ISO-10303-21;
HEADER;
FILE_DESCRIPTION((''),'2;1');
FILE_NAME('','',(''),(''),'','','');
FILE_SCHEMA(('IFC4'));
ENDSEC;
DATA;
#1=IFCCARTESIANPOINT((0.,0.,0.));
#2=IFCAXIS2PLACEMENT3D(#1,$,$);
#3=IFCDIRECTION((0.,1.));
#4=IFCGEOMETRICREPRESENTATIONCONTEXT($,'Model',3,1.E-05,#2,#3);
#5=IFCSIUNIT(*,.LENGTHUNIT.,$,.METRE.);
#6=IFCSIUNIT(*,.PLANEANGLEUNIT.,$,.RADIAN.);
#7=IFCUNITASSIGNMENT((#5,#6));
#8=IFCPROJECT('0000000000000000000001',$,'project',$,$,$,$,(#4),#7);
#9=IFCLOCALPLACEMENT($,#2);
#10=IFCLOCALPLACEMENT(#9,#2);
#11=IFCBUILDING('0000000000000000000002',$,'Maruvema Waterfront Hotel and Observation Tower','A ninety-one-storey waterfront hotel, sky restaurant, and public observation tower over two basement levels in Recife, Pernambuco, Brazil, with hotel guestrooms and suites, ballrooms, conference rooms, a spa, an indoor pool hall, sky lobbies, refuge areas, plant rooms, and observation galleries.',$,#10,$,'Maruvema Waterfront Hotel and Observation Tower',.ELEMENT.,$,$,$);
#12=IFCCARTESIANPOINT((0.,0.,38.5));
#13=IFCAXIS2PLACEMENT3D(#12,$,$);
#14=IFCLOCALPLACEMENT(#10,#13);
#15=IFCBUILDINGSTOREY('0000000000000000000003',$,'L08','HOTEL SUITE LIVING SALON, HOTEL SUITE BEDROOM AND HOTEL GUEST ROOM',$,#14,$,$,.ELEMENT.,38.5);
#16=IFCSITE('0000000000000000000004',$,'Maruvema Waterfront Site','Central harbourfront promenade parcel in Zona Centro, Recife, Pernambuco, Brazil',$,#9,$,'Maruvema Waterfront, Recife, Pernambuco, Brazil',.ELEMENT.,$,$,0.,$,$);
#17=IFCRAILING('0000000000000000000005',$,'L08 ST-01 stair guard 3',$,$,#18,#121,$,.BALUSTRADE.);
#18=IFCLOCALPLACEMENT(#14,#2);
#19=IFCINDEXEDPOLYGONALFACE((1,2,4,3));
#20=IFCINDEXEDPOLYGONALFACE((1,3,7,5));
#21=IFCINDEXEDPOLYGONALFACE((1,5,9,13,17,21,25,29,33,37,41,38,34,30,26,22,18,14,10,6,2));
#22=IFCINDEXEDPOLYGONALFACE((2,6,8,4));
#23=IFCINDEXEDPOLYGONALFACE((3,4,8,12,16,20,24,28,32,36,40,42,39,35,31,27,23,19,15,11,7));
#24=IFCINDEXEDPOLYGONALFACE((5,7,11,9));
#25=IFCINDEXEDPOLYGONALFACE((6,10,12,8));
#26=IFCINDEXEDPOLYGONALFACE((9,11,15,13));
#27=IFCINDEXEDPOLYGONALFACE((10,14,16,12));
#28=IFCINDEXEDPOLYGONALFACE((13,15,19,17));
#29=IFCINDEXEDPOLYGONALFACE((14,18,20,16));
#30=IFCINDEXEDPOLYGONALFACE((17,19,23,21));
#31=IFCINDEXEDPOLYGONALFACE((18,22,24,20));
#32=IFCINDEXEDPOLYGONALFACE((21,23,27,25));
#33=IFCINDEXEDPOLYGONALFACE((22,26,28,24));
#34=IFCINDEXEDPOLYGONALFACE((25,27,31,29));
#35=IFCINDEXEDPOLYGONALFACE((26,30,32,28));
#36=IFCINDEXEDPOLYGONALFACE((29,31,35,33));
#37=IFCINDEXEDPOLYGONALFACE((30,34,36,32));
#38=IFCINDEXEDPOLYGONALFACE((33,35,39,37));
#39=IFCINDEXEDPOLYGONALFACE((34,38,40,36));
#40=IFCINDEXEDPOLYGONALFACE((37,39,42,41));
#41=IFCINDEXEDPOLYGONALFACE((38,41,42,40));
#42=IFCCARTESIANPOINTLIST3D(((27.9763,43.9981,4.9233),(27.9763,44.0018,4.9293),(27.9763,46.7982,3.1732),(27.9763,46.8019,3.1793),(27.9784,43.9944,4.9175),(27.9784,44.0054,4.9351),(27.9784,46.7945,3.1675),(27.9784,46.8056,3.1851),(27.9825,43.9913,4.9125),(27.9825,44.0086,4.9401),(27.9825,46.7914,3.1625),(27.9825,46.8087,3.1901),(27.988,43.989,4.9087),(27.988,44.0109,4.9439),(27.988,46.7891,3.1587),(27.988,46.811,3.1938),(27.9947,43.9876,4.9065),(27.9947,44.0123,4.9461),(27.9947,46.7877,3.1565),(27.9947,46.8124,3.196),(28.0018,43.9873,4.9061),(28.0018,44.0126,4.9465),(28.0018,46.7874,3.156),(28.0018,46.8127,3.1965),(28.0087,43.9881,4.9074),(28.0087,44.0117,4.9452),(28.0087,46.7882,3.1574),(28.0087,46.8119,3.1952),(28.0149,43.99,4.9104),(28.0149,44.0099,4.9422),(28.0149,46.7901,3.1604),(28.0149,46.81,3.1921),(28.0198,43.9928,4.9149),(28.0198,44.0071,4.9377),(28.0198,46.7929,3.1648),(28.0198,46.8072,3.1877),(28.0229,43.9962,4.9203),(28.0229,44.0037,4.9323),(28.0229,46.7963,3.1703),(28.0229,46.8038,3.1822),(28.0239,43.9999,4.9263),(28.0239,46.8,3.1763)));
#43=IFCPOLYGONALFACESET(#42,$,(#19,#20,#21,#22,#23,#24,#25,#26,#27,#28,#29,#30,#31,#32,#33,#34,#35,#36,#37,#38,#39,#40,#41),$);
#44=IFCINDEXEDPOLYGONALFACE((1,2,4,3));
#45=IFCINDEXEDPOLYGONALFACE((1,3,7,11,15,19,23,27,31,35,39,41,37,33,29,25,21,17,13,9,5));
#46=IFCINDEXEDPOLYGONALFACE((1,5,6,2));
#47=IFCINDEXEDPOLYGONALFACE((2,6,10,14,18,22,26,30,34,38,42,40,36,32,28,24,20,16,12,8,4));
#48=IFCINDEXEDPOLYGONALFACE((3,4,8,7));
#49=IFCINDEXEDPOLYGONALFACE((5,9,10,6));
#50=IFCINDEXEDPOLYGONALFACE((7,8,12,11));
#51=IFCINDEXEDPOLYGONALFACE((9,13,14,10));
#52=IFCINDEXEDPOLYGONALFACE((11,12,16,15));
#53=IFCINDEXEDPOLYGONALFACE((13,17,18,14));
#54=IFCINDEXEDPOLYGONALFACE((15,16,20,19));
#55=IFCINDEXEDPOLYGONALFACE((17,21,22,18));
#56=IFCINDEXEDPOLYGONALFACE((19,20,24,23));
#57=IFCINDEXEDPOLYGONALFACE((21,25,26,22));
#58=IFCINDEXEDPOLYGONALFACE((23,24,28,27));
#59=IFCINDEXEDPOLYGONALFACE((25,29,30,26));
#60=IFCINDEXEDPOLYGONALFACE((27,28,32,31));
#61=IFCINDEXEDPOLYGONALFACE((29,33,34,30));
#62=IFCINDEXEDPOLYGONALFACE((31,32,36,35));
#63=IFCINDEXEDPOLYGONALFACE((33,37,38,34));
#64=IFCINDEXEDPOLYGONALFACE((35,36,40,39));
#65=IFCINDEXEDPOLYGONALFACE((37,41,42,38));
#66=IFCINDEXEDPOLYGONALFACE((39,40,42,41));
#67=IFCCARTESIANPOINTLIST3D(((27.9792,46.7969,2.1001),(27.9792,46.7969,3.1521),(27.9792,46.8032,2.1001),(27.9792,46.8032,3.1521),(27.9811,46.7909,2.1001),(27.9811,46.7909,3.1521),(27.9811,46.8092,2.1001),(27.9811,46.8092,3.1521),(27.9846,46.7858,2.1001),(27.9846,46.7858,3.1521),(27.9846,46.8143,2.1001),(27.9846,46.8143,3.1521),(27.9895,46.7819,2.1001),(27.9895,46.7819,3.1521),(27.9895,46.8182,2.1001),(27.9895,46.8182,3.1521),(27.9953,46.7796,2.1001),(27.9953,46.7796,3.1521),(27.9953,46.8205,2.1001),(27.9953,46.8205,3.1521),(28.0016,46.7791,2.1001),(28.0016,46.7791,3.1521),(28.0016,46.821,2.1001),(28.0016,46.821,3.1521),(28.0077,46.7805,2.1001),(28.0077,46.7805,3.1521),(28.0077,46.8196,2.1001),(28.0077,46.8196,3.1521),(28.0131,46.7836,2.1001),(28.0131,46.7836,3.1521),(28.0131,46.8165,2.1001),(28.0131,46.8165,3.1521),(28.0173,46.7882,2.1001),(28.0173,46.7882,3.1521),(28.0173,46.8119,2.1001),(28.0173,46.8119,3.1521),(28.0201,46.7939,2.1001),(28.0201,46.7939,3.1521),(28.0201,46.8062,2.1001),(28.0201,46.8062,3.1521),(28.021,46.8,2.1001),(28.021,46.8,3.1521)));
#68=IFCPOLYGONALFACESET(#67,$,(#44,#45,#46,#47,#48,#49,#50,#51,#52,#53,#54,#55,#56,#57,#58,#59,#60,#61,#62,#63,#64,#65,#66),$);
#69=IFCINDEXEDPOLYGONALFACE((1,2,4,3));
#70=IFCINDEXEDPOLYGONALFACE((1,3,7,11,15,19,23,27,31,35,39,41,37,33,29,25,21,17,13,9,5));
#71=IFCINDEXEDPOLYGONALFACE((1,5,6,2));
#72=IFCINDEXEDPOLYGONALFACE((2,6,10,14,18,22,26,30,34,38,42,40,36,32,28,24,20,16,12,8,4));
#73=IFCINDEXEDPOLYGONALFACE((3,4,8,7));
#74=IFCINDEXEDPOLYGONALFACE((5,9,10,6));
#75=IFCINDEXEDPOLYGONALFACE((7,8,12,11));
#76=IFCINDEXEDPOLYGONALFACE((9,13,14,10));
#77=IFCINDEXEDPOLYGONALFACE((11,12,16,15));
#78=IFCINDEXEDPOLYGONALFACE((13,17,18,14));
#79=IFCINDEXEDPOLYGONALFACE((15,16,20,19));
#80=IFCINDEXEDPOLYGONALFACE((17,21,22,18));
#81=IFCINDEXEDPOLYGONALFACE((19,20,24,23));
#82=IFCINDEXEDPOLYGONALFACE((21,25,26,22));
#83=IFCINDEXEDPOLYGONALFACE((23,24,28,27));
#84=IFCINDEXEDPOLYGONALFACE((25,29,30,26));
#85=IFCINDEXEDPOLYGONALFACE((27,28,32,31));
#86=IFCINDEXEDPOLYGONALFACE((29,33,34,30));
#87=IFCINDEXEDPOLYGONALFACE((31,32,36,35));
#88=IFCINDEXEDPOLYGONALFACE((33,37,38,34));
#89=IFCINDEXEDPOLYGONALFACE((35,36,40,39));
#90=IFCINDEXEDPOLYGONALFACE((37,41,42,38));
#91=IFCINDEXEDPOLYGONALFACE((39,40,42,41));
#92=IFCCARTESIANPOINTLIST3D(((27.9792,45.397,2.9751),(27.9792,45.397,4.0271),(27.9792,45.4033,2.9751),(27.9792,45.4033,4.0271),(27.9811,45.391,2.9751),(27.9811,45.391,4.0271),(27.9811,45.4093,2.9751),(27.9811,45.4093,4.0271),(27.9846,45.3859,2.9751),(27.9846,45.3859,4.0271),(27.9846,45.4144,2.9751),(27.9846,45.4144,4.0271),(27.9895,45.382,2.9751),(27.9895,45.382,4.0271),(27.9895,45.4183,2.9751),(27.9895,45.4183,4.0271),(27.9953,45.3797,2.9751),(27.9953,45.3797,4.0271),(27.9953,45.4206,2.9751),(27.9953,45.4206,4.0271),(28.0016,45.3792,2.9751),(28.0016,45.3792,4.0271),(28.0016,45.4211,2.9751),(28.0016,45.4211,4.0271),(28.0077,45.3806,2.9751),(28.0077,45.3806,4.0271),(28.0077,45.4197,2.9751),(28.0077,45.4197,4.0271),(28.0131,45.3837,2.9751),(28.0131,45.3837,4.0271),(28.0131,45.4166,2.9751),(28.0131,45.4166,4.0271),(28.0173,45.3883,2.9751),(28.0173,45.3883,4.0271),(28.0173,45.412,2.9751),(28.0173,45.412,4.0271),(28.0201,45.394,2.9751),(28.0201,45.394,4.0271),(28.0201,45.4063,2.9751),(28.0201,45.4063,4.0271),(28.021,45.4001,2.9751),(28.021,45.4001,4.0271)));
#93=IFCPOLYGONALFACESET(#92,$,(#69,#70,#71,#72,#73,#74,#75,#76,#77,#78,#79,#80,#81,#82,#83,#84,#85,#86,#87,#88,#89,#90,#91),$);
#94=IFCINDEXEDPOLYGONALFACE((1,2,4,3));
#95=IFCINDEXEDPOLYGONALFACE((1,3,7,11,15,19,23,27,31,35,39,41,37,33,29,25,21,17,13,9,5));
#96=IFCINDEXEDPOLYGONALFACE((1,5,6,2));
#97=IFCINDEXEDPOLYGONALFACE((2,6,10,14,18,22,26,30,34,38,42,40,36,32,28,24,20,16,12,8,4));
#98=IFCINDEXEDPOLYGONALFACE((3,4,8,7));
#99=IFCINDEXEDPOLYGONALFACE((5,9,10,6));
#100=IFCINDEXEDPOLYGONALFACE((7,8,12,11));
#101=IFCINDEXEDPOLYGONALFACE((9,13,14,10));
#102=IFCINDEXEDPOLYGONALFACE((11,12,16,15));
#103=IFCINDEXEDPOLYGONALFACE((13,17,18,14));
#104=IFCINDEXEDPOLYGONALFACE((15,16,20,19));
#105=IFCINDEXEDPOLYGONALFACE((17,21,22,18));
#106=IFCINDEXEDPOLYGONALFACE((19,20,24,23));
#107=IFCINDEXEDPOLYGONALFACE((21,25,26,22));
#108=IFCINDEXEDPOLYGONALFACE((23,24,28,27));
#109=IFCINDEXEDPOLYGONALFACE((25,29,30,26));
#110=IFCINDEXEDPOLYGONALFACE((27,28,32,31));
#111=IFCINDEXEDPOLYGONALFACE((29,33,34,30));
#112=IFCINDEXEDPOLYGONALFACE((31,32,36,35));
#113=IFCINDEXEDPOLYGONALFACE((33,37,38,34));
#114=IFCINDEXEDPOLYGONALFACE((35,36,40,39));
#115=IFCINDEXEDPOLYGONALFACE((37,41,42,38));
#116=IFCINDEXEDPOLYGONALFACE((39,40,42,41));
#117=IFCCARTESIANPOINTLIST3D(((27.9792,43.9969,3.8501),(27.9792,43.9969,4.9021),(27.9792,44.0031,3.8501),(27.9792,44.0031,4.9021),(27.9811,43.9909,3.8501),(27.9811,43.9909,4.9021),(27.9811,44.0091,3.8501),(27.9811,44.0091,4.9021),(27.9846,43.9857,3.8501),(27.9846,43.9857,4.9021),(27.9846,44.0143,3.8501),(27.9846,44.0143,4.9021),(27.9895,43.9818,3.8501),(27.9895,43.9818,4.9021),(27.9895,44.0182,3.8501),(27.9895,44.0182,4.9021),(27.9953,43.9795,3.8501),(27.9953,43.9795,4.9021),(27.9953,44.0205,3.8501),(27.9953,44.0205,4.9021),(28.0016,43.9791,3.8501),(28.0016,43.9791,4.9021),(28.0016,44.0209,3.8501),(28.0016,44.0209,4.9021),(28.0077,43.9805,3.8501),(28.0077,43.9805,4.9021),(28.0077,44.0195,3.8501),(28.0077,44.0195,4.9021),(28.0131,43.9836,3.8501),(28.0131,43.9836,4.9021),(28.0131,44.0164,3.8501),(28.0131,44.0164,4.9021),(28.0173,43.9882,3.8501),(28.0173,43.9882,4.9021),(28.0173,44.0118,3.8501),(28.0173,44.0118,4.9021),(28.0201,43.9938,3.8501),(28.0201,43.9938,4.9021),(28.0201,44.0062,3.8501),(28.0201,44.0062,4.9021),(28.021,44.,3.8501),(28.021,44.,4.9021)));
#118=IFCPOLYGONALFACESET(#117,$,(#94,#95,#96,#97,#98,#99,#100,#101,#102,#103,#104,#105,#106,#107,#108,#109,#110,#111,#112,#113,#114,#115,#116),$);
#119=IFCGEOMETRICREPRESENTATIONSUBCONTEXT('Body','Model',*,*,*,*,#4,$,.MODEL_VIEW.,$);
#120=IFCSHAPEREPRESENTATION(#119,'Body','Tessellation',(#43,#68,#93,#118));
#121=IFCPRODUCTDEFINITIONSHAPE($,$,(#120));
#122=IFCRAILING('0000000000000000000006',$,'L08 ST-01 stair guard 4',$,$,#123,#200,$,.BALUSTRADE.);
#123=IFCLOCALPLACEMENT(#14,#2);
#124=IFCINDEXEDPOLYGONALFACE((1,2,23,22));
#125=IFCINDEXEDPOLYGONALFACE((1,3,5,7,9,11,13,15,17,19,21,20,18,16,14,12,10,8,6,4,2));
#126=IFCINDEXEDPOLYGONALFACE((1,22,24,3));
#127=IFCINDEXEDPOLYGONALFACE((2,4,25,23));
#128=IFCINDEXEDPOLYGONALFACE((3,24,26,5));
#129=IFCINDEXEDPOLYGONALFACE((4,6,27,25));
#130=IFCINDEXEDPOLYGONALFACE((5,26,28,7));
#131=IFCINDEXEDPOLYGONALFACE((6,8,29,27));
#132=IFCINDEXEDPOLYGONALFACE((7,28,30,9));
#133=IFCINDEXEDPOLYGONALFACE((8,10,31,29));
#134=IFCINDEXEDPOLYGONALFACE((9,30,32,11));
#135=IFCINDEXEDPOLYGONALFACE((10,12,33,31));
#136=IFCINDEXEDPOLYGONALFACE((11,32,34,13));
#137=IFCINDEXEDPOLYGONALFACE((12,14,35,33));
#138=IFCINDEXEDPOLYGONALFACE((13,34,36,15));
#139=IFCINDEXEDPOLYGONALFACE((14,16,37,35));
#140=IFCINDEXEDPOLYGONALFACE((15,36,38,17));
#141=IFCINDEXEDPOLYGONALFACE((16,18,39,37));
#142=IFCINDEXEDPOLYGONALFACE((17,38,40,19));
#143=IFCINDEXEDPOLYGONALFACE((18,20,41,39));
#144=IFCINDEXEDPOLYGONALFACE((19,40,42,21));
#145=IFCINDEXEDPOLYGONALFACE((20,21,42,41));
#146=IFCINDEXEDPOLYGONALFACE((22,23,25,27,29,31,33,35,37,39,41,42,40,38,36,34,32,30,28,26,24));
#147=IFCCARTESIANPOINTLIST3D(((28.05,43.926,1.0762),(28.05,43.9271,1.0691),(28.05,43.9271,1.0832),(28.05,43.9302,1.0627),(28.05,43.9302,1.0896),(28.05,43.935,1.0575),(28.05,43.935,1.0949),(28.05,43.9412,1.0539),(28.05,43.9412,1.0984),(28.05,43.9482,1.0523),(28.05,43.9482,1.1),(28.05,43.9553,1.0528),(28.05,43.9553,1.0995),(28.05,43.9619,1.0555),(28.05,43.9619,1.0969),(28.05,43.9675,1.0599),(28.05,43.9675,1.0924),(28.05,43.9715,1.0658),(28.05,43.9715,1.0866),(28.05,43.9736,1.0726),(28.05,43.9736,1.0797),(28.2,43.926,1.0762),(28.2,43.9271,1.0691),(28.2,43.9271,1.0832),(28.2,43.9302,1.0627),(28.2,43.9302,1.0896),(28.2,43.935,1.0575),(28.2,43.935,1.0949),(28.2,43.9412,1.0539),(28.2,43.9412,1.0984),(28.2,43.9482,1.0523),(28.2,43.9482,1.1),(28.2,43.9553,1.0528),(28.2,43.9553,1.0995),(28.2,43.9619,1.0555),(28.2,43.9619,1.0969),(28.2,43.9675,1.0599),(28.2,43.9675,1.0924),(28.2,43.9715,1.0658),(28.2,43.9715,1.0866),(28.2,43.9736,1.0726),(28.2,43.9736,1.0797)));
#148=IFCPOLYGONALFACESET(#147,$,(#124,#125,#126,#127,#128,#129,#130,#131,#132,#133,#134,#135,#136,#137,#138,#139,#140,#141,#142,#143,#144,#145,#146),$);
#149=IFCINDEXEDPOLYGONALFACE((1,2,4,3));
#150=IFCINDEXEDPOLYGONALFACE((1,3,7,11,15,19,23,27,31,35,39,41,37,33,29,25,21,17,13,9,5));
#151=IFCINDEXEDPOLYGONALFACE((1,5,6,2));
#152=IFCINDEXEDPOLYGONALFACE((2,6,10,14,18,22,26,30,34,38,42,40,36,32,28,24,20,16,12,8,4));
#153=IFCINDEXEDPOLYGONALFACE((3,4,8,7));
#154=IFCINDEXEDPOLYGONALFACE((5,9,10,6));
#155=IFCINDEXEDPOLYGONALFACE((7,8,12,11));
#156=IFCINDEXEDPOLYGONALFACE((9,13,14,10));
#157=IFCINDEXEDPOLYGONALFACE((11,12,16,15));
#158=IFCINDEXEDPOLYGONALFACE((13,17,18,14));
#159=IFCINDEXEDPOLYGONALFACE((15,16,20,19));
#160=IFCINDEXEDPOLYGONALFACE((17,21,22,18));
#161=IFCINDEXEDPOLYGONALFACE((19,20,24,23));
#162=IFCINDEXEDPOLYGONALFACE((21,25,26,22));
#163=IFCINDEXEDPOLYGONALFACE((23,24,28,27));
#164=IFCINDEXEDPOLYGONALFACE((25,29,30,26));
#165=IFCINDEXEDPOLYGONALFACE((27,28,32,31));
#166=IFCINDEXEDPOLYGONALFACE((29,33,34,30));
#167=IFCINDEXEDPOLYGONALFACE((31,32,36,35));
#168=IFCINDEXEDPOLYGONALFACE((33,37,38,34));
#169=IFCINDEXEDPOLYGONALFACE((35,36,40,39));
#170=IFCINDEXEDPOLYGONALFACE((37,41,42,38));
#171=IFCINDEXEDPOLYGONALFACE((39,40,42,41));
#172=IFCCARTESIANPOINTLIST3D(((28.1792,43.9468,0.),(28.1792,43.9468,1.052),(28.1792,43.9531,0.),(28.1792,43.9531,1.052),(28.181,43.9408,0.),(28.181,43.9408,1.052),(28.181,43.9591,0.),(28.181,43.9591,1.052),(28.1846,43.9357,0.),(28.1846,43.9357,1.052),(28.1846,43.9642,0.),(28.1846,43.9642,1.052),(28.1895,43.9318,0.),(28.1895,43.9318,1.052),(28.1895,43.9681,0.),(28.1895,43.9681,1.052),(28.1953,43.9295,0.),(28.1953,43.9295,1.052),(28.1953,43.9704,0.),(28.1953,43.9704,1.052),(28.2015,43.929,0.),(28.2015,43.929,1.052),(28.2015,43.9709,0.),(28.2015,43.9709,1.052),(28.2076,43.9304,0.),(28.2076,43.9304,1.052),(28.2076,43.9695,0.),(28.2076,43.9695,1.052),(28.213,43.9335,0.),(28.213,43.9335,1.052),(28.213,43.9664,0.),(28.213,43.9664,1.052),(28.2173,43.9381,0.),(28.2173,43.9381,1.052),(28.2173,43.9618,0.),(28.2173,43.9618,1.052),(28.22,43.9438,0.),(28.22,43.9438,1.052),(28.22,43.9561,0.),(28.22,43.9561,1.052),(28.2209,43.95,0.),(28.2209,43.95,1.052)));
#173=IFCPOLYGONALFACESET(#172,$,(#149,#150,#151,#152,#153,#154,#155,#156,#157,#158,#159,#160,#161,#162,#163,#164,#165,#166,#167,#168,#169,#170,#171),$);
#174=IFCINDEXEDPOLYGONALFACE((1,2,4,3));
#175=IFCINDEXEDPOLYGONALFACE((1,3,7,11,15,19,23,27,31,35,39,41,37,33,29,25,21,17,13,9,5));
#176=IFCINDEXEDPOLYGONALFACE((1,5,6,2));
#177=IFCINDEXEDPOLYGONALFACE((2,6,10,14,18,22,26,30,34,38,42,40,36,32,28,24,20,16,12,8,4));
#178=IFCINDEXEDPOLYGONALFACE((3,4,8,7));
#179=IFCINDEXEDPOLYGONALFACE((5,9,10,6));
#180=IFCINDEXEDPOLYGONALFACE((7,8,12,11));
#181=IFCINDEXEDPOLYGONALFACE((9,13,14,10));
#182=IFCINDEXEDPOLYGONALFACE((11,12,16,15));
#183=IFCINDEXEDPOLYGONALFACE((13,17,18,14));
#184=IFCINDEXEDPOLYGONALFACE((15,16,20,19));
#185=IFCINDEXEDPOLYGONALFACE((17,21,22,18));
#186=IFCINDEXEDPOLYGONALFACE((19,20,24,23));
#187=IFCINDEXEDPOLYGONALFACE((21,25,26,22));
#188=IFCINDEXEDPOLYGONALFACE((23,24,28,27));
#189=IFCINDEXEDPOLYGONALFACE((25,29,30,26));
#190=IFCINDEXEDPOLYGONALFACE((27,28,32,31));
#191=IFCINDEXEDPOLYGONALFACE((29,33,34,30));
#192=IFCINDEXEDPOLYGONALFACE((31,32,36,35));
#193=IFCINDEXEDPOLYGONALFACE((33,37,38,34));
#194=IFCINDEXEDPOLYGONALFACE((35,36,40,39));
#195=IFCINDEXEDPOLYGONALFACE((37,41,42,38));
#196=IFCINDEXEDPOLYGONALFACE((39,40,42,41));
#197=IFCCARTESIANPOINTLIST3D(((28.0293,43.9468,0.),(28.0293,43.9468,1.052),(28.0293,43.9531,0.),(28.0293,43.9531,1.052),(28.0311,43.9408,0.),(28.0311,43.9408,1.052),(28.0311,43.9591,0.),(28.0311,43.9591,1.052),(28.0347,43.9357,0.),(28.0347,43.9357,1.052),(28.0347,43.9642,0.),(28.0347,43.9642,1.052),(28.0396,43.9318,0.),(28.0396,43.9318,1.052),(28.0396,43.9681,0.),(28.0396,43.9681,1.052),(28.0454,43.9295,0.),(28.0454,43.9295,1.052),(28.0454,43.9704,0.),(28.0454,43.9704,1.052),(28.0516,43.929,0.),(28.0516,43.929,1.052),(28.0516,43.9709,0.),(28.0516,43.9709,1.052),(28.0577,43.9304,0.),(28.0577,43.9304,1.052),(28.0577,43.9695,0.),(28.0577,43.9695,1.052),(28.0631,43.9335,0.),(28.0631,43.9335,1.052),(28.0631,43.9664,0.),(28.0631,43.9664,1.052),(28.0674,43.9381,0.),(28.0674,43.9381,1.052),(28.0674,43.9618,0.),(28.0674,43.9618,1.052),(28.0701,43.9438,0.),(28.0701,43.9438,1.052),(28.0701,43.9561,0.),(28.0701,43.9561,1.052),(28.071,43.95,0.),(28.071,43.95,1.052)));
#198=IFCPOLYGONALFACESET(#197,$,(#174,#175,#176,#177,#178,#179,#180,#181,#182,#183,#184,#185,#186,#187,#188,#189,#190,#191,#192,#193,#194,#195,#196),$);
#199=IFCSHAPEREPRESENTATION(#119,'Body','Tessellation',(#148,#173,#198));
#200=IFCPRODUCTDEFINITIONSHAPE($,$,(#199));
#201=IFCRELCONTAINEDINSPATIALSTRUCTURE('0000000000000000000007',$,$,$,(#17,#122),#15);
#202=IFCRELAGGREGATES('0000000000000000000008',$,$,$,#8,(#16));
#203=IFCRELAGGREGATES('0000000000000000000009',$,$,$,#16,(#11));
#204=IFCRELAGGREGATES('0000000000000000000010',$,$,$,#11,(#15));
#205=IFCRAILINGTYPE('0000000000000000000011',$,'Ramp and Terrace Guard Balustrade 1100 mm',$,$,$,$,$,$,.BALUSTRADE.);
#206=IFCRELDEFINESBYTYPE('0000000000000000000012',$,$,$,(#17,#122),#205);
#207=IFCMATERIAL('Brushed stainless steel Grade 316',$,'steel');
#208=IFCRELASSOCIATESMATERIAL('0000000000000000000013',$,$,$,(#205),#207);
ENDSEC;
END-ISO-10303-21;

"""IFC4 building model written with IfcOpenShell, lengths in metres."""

from ifc_helpers import new_model, si_unit, direction, frame, origin, origin_2d, place, context, subcontext, project, spatial, circle, extrude, material, type_object, element, save


model = new_model("IFC4")

# Units and contexts
model_context = context("Model", 3, precision=1e-05, world=origin(), true_north=direction((0.0, 1.0)))
body_context = subcontext(model_context, "Body", "Model", "MODEL_VIEW")
ifc_project = project(units=[si_unit("LENGTHUNIT", "METRE"), si_unit("PLANEANGLEUNIT", "RADIAN")], contexts=[model_context])

# Site, building, storey
site_placement = place(None, origin())
site = spatial("IfcSite", under=ifc_project, at=site_placement, Name="Maruvema Waterfront Site", Description="Central harbourfront promenade parcel in Zona Centro, Recife, Pernambuco, Brazil", LongName="Maruvema Waterfront, Recife, Pernambuco, Brazil", CompositionType="ELEMENT", RefElevation=0.0)
building_placement = place(site_placement, origin())
building = spatial("IfcBuilding", under=site, at=building_placement, Name="Maruvema Waterfront Hotel and Observation Tower", Description="A ninety-one-storey waterfront hotel, sky restaurant, and public observation tower over two basement levels in Recife, Pernambuco, Brazil, with hotel guestrooms and suites, ballrooms, conference rooms, a spa, an indoor pool hall, sky lobbies, refuge areas, plant rooms, and observation galleries.", LongName="Maruvema Waterfront Hotel and Observation Tower", CompositionType="ELEMENT")
storey_placement = place(building_placement, frame((0.0, 0.0, 38.5)))
storey = spatial("IfcBuildingStorey", under=building, at=storey_placement, Name="L08", Description="HOTEL SUITE LIVING SALON, HOTEL SUITE BEDROOM AND HOTEL GUEST ROOM", CompositionType="ELEMENT", Elevation=38.5)

# Railings
ifc_material_1 = material(Name="Brushed stainless steel Grade 316", Category="steel")
railing_type_1 = type_object("IfcRailingType", Name="Ramp and Terrace Guard Balustrade 1100 mm", PredefinedType="BALUSTRADE", material=ifc_material_1)
railing_1_placement = place(storey_placement, frame((28.0, 46.8, 2.1001)))
element("IfcRailing", 1, at=railing_1_placement, inside=storey, type_object=railing_type_1, Name="L08 ST-01 stair guard 3", PredefinedType="BALUSTRADE", context=body_context, shape_type="SweptSolid", body=[
    extrude(circle(Radius=0.0239, at=origin_2d()), frame((0.0, 0.0, 1.0762), z_axis=(0.0, -0.848002, 0.529992), x_axis=(1.0, 0.0, 0.0)), (0.0, 0.0, 1.0), 3.302),
    extrude(circle(Radius=0.021, at=origin_2d()), origin(), (0.0, 0.0, 1.0), 1.052),
    extrude(circle(Radius=0.021, at=origin_2d()), frame((0.0, -1.3999, 0.875)), (0.0, 0.0, 1.0), 1.052),
    extrude(circle(Radius=0.021, at=origin_2d()), frame((0.0, -2.8, 1.75)), (0.0, 0.0, 1.0), 1.052),
])
railing_2_placement = place(storey_placement, frame((28.2, 43.95, 0.0)))
element("IfcRailing", 2, at=railing_2_placement, inside=storey, type_object=railing_type_1, Name="L08 ST-01 stair guard 4", PredefinedType="BALUSTRADE", context=body_context, shape_type="SweptSolid", body=[
    extrude(circle(Radius=0.0239, at=origin_2d()), frame((0.0, 0.0, 1.0762), z_axis=(-1.0, 0.0, 0.0), x_axis=(0.0, -1.0, 0.0)), (0.0, 0.0, 1.0), 0.1499),
    extrude(circle(Radius=0.021, at=origin_2d()), origin(), (0.0, 0.0, 1.0), 1.052),
    extrude(circle(Radius=0.021, at=origin_2d()), frame((-0.1499, 0.0, 0.0)), (0.0, 0.0, 1.0), 1.052),
])

save(model, "model.ifc")
